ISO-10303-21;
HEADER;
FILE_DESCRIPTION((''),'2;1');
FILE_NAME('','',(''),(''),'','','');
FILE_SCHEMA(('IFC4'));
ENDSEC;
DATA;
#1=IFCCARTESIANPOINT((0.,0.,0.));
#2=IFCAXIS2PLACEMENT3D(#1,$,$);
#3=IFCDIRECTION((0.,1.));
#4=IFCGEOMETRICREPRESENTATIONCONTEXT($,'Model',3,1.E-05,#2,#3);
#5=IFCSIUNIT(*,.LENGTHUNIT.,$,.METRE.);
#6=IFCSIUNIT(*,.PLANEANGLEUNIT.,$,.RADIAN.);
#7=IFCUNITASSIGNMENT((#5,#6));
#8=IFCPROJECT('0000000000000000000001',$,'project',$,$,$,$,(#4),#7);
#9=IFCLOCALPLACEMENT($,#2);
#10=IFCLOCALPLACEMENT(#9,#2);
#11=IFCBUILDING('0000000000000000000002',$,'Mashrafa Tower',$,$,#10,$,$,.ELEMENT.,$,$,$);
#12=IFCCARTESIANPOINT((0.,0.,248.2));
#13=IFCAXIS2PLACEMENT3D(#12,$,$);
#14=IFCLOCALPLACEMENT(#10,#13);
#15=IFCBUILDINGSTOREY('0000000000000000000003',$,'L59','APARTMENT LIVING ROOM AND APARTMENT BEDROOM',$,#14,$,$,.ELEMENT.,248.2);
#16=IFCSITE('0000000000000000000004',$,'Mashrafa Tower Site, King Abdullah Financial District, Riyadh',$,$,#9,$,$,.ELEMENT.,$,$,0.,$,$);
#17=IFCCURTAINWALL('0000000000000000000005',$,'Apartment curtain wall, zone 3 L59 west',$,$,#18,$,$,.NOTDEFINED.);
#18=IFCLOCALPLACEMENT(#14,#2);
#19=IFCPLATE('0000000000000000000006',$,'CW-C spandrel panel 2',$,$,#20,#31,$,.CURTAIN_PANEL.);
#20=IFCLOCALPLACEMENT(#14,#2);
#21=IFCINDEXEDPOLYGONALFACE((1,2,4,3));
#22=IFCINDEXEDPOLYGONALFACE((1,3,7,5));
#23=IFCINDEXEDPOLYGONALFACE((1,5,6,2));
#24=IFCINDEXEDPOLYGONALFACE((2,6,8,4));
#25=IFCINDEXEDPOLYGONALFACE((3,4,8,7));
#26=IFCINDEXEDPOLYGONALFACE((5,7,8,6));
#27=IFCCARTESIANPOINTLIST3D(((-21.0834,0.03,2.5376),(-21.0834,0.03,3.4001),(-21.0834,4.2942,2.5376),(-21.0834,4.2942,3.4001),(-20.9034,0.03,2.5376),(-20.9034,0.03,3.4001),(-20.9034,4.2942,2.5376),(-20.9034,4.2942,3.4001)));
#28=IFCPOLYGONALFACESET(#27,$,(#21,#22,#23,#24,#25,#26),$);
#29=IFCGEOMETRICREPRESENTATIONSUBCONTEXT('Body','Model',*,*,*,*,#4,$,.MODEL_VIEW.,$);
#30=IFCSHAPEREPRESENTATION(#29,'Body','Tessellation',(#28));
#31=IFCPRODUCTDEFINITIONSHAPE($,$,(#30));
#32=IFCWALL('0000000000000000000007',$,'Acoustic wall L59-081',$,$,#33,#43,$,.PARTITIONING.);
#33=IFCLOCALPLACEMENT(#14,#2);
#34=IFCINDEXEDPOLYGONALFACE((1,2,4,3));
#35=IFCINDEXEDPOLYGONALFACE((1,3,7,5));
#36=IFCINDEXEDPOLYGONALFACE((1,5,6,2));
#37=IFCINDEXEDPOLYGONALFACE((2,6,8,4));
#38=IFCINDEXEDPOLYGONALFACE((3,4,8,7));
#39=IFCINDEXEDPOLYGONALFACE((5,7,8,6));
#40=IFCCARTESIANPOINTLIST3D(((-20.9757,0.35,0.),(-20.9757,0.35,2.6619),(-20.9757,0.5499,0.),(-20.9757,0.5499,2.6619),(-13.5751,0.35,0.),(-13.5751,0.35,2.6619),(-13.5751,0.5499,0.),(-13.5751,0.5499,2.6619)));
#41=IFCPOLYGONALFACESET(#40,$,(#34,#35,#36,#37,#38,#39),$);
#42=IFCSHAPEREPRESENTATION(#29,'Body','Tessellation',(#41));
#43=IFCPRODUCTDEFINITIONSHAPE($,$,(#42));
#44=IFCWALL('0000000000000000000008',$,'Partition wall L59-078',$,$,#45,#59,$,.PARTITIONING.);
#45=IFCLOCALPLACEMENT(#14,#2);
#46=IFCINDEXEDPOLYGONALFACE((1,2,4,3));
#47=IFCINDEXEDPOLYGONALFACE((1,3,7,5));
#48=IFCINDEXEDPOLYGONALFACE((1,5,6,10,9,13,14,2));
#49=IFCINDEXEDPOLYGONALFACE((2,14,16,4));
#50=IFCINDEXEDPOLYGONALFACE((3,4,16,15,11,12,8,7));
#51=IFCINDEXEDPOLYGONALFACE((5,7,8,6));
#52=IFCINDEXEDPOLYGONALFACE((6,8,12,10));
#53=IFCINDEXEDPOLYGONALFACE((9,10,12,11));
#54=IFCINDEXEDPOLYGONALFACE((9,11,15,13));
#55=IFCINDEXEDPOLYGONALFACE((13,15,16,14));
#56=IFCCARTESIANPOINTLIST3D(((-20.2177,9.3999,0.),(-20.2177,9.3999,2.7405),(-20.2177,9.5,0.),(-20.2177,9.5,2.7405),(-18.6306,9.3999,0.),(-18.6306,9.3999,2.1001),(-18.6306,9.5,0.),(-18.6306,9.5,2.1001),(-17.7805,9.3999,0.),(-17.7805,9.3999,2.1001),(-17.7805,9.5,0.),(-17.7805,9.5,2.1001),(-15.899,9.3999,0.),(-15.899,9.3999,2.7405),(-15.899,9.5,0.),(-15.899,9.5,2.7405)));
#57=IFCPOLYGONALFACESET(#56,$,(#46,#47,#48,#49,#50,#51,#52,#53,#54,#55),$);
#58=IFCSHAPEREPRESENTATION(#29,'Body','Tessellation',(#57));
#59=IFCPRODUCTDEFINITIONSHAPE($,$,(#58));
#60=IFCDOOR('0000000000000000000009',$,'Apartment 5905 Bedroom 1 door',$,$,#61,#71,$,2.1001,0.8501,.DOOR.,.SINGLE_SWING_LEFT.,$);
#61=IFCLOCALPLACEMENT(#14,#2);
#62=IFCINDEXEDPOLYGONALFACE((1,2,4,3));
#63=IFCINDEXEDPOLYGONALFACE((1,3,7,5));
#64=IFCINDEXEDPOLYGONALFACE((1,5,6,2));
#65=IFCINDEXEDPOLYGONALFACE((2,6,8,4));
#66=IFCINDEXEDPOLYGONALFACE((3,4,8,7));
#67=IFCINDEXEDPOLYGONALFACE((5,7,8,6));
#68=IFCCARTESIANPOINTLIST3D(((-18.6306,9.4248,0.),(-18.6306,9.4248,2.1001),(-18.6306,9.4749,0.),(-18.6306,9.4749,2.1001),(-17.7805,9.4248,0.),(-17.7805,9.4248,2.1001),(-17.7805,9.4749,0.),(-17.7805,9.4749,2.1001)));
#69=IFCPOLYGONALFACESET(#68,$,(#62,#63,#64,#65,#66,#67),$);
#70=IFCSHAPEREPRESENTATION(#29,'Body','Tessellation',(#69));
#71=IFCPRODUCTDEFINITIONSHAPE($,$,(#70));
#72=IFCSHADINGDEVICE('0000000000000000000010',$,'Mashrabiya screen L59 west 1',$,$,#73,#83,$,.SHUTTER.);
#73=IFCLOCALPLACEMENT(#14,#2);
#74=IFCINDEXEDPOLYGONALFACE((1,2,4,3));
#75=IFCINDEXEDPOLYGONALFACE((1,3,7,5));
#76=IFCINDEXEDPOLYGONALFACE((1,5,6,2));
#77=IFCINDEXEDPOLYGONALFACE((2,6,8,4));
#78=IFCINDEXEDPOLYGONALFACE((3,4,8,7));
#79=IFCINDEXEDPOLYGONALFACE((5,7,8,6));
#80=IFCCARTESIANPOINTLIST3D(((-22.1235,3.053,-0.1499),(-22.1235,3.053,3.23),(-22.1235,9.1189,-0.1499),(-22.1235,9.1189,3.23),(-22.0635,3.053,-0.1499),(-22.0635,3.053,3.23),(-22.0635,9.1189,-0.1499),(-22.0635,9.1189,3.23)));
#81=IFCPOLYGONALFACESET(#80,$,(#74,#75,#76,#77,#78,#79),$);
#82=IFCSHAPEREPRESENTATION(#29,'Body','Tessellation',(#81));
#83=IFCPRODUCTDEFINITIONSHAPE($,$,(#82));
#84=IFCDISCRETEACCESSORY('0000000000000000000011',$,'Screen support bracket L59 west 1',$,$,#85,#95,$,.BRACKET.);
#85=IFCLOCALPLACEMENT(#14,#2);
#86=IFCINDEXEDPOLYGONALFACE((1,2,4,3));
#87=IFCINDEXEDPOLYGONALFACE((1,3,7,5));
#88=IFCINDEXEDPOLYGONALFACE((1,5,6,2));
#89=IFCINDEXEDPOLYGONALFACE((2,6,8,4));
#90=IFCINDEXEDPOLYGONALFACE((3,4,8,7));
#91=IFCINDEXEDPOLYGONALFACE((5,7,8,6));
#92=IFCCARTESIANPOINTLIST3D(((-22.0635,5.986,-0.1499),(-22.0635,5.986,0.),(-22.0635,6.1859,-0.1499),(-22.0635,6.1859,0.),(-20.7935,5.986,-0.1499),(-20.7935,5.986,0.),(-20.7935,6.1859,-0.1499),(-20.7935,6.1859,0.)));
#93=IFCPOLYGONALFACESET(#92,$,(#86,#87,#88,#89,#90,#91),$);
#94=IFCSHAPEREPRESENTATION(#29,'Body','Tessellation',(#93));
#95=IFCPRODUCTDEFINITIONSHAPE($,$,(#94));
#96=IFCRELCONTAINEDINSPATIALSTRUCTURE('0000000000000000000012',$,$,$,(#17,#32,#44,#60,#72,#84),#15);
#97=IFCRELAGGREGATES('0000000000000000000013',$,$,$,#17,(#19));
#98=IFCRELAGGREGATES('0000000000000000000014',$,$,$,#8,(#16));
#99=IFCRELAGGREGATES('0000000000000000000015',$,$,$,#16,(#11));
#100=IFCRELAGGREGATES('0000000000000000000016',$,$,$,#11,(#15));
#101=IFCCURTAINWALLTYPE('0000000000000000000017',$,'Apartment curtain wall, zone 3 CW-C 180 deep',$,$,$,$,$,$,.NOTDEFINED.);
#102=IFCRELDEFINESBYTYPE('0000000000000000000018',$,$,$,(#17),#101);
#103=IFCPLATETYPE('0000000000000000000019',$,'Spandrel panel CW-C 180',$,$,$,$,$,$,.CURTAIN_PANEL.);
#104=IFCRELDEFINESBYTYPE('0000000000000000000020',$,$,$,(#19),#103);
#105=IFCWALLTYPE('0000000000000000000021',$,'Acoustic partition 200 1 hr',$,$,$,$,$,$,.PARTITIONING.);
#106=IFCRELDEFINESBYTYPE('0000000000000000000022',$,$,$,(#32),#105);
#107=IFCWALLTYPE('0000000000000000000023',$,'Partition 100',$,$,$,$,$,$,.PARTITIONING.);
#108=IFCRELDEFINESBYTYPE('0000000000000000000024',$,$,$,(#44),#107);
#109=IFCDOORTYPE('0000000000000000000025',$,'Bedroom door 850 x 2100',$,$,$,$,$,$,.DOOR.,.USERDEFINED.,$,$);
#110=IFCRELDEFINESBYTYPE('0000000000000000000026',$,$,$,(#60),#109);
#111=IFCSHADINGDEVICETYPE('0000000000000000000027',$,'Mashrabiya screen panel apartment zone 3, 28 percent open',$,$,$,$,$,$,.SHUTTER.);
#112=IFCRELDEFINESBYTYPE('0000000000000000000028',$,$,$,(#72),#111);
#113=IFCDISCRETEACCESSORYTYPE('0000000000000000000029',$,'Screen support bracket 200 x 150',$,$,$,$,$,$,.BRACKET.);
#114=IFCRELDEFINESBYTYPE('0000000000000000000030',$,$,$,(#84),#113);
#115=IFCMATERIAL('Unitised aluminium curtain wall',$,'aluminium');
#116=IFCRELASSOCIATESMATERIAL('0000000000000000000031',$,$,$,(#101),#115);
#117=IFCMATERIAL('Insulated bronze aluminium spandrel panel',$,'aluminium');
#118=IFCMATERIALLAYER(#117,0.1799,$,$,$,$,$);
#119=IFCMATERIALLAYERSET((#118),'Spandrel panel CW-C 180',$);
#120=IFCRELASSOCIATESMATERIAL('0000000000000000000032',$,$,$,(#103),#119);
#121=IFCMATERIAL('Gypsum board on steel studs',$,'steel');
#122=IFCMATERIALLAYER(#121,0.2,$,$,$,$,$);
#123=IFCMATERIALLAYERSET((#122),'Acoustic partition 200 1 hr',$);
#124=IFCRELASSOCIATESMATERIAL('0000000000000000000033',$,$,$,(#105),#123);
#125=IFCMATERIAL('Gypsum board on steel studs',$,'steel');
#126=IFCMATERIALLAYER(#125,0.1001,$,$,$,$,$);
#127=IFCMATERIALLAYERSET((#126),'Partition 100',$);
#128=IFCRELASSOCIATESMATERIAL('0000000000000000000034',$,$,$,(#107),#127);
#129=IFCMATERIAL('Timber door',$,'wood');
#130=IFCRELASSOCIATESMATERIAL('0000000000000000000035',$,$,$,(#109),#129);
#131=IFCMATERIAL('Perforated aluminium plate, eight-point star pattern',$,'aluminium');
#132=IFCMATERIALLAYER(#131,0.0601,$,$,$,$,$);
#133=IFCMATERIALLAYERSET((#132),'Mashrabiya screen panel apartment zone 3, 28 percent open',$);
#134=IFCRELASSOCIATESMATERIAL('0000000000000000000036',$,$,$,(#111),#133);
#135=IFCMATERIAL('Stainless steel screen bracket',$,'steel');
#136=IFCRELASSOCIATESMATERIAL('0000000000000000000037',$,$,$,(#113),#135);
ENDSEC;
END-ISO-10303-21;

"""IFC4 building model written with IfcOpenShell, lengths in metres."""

from ifc_helpers import new_model, si_unit, direction, frame, frame_2d, origin, origin_2d, place, context, subcontext, project, spatial, rectangle, extrude, source, transform, mapped, material, layer, layer_set, type_object, type_shapes, element, fill, aggregate, save


model = new_model("IFC4")

# Units and contexts
model_context = context("Model", 3, precision=1e-05, world=origin(), true_north=direction((0.0, 1.0)))
body_context = subcontext(model_context, "Body", "Model", "MODEL_VIEW")
ifc_project = project(units=[si_unit("LENGTHUNIT", "METRE"), si_unit("PLANEANGLEUNIT", "RADIAN")], contexts=[model_context])

# Site, building, storey
site_placement = place(None, origin())
site = spatial("IfcSite", under=ifc_project, at=site_placement, Name="Mashrafa Tower Site, King Abdullah Financial District, Riyadh", CompositionType="ELEMENT", RefElevation=0.0)
building_placement = place(site_placement, origin())
building = spatial("IfcBuilding", under=site, at=building_placement, Name="Mashrafa Tower", CompositionType="ELEMENT")
storey_placement = place(building_placement, frame((0.0, 0.0, 248.2)))
storey = spatial("IfcBuildingStorey", under=building, at=storey_placement, Name="L59", Description="APARTMENT LIVING ROOM AND APARTMENT BEDROOM", CompositionType="ELEMENT", Elevation=248.2)

# Shared definitions
ifc_material_1 = material(Name="Unitised aluminium curtain wall", Category="aluminium")
curtain_wall_type = type_object("IfcCurtainWallType", Name="Apartment curtain wall, zone 3 CW-C 180 deep", PredefinedType="NOTDEFINED", material=ifc_material_1)

# Curtain wall, plate
curtain_wall_1_placement = place(storey_placement, origin())
curtain_wall_1 = element("IfcCurtainWall", 1, at=curtain_wall_1_placement, inside=storey, type_object=curtain_wall_type, Name="Apartment curtain wall, zone 3 L59 west", PredefinedType="NOTDEFINED")
ifc_material_2 = material(Name="Insulated bronze aluminium spandrel panel", Category="aluminium")
ifc_layer_1 = layer(ifc_material_2, 0.1799)
ifc_layer_set_1 = layer_set([ifc_layer_1], Name="Spandrel panel CW-C 180")
plate_type_1 = type_object("IfcPlateType", Name="Spandrel panel CW-C 180", PredefinedType="CURTAIN_PANEL", material=ifc_layer_set_1)
shared_shape_1 = source(origin(), body_context, "Body", "SweptSolid", [
    extrude(rectangle(XDim=4.2642, YDim=0.1799, at=origin_2d()), origin(), (0.0, 0.0, 1.0), 0.8625),
])
plate_1_placement = place(storey_placement, frame((-20.9934, 2.1621, 2.5376), z_axis=(0.0, 0.0, 1.0), x_axis=(0.0, -1.0, 0.0)))
plate_1 = element("IfcPlate", 2, at=plate_1_placement, type_object=plate_type_1, Name="CW-C spandrel panel 2", PredefinedType="CURTAIN_PANEL", context=body_context, shape_type="MappedRepresentation", body=[
    mapped(shared_shape_1, transform((0.0, 0.0, 0.0))),
])
aggregate(curtain_wall_1, [plate_1])

# Wall
ifc_material_3 = material(Name="Gypsum board on steel studs", Category="steel")
ifc_layer_2 = layer(ifc_material_3, 0.2)
ifc_layer_set_2 = layer_set([ifc_layer_2], Name="Acoustic partition 200 1 hr")
wall_type_1 = type_object("IfcWallType", Name="Acoustic partition 200 1 hr", PredefinedType="PARTITIONING", material=ifc_layer_set_2)
wall_1_placement = place(storey_placement, frame((-20.9756, 0.45, 0.0), z_axis=(0.0, 0.0, 1.0), x_axis=(1.0, 0.0, 0.0)))
element("IfcWall", 3, at=wall_1_placement, inside=storey, type_object=wall_type_1, Name="Acoustic wall L59-081", PredefinedType="PARTITIONING", context=body_context, shape_type="SweptSolid", body=[
    extrude(rectangle(XDim=7.4006, YDim=0.2, at=frame_2d((3.7002, 0.0))), origin(), (0.0, 0.0, 1.0), 2.6619),
])

# Wall, opening, door
ifc_material_4 = material(Name="Gypsum board on steel studs", Category="steel")
ifc_layer_3 = layer(ifc_material_4, 0.1001)
ifc_layer_set_3 = layer_set([ifc_layer_3], Name="Partition 100")
wall_type_2 = type_object("IfcWallType", Name="Partition 100", PredefinedType="PARTITIONING", material=ifc_layer_set_3)
wall_2_placement = place(storey_placement, frame((-20.2175, 9.45, 0.0), z_axis=(0.0, 0.0, 1.0), x_axis=(1.0, 0.0, 0.0)))
wall_2 = element("IfcWall", 4, at=wall_2_placement, inside=storey, type_object=wall_type_2, Name="Partition wall L59-078", PredefinedType="PARTITIONING", context=body_context, shape_type="SweptSolid", body=[
    extrude(rectangle(XDim=4.3186, YDim=0.1001, at=frame_2d((2.1592, 0.0))), origin(), (0.0, 0.0, 1.0), 2.7405),
])
opening_placement = place(wall_2_placement, frame((1.5869, 0.0, 0.0)))
opening = element("IfcOpeningElement", 5, at=opening_placement, cuts=wall_2, PredefinedType="OPENING", context=body_context, shape_type="SweptSolid", body=[
    extrude(rectangle(XDim=0.8501, YDim=2.1001, at=frame_2d((0.425, 1.05))), frame((0.0, 0.0601, 0.0), z_axis=(0.0, -1.0, 0.0), x_axis=(1.0, 0.0, 0.0)), (0.0, 0.0, 1.0), 0.1201),
])
ifc_material_5 = material(Name="Timber door", Category="wood")
door_type = type_object("IfcDoorType", Name="Bedroom door 850 x 2100", OperationType="USERDEFINED", PredefinedType="DOOR", material=ifc_material_5)
door_placement = place(opening_placement, origin())
door = element("IfcDoor", 6, at=door_placement, inside=storey, type_object=door_type, Name="Apartment 5905 Bedroom 1 door", OperationType="SINGLE_SWING_LEFT", OverallHeight=2.1001, OverallWidth=0.8501, PredefinedType="DOOR", context=body_context, shape_type="SweptSolid", body=[
    extrude(rectangle(XDim=0.8501, YDim=2.1001, at=frame_2d((0.425, 1.05))), frame((0.0, 0.0249, 0.0), z_axis=(0.0, -1.0, 0.0), x_axis=(1.0, 0.0, 0.0)), (0.0, 0.0, 1.0), 0.05),
])
fill(opening, door)

# Shading device
ifc_material_6 = material(Name="Perforated aluminium plate, eight-point star pattern", Category="aluminium")
ifc_layer_4 = layer(ifc_material_6, 0.0601)
ifc_layer_set_4 = layer_set([ifc_layer_4], Name="Mashrabiya screen panel apartment zone 3, 28 percent open")
shading_device_type = type_object("IfcShadingDeviceType", Name="Mashrabiya screen panel apartment zone 3, 28 percent open", PredefinedType="SHUTTER", material=ifc_layer_set_4)
shared_shape_2 = source(origin(), body_context, "Body", "SweptSolid", [
    extrude(rectangle(XDim=6.0659, YDim=0.0601, at=origin_2d()), origin(), (0.0, 0.0, 1.0), 3.3799),
])
type_shapes(shading_device_type, [shared_shape_2])
shading_device_placement = place(storey_placement, frame((-22.0935, 6.0859, -0.1499), z_axis=(0.0, 0.0, 1.0), x_axis=(0.0, -1.0, 0.0)))
element("IfcShadingDevice", 7, at=shading_device_placement, inside=storey, type_object=shading_device_type, Name="Mashrabiya screen L59 west 1", PredefinedType="SHUTTER", context=body_context, shape_type="MappedRepresentation", body=[
    mapped(shared_shape_2, transform((0.0, 0.0, 0.0))),
])

# Discrete accessory
ifc_material_7 = material(Name="Stainless steel screen bracket", Category="steel")
discrete_accessory_type = type_object("IfcDiscreteAccessoryType", Name="Screen support bracket 200 x 150", PredefinedType="BRACKET", material=ifc_material_7)
shared_shape_3 = source(origin(), body_context, "Body", "SweptSolid", [
    extrude(rectangle(XDim=0.2, YDim=1.27, at=origin_2d()), origin(), (0.0, 0.0, 1.0), 0.1499),
])
type_shapes(discrete_accessory_type, [shared_shape_3])
discrete_accessory_placement = place(storey_placement, frame((-21.4285, 6.0859, -0.1499), z_axis=(0.0, 0.0, 1.0), x_axis=(0.0, -1.0, 0.0)))
element("IfcDiscreteAccessory", 8, at=discrete_accessory_placement, inside=storey, type_object=discrete_accessory_type, Name="Screen support bracket L59 west 1", PredefinedType="BRACKET", context=body_context, shape_type="MappedRepresentation", body=[
    mapped(shared_shape_3, transform((0.0, 0.0, 0.0))),
])

save(model, "model.ifc")
